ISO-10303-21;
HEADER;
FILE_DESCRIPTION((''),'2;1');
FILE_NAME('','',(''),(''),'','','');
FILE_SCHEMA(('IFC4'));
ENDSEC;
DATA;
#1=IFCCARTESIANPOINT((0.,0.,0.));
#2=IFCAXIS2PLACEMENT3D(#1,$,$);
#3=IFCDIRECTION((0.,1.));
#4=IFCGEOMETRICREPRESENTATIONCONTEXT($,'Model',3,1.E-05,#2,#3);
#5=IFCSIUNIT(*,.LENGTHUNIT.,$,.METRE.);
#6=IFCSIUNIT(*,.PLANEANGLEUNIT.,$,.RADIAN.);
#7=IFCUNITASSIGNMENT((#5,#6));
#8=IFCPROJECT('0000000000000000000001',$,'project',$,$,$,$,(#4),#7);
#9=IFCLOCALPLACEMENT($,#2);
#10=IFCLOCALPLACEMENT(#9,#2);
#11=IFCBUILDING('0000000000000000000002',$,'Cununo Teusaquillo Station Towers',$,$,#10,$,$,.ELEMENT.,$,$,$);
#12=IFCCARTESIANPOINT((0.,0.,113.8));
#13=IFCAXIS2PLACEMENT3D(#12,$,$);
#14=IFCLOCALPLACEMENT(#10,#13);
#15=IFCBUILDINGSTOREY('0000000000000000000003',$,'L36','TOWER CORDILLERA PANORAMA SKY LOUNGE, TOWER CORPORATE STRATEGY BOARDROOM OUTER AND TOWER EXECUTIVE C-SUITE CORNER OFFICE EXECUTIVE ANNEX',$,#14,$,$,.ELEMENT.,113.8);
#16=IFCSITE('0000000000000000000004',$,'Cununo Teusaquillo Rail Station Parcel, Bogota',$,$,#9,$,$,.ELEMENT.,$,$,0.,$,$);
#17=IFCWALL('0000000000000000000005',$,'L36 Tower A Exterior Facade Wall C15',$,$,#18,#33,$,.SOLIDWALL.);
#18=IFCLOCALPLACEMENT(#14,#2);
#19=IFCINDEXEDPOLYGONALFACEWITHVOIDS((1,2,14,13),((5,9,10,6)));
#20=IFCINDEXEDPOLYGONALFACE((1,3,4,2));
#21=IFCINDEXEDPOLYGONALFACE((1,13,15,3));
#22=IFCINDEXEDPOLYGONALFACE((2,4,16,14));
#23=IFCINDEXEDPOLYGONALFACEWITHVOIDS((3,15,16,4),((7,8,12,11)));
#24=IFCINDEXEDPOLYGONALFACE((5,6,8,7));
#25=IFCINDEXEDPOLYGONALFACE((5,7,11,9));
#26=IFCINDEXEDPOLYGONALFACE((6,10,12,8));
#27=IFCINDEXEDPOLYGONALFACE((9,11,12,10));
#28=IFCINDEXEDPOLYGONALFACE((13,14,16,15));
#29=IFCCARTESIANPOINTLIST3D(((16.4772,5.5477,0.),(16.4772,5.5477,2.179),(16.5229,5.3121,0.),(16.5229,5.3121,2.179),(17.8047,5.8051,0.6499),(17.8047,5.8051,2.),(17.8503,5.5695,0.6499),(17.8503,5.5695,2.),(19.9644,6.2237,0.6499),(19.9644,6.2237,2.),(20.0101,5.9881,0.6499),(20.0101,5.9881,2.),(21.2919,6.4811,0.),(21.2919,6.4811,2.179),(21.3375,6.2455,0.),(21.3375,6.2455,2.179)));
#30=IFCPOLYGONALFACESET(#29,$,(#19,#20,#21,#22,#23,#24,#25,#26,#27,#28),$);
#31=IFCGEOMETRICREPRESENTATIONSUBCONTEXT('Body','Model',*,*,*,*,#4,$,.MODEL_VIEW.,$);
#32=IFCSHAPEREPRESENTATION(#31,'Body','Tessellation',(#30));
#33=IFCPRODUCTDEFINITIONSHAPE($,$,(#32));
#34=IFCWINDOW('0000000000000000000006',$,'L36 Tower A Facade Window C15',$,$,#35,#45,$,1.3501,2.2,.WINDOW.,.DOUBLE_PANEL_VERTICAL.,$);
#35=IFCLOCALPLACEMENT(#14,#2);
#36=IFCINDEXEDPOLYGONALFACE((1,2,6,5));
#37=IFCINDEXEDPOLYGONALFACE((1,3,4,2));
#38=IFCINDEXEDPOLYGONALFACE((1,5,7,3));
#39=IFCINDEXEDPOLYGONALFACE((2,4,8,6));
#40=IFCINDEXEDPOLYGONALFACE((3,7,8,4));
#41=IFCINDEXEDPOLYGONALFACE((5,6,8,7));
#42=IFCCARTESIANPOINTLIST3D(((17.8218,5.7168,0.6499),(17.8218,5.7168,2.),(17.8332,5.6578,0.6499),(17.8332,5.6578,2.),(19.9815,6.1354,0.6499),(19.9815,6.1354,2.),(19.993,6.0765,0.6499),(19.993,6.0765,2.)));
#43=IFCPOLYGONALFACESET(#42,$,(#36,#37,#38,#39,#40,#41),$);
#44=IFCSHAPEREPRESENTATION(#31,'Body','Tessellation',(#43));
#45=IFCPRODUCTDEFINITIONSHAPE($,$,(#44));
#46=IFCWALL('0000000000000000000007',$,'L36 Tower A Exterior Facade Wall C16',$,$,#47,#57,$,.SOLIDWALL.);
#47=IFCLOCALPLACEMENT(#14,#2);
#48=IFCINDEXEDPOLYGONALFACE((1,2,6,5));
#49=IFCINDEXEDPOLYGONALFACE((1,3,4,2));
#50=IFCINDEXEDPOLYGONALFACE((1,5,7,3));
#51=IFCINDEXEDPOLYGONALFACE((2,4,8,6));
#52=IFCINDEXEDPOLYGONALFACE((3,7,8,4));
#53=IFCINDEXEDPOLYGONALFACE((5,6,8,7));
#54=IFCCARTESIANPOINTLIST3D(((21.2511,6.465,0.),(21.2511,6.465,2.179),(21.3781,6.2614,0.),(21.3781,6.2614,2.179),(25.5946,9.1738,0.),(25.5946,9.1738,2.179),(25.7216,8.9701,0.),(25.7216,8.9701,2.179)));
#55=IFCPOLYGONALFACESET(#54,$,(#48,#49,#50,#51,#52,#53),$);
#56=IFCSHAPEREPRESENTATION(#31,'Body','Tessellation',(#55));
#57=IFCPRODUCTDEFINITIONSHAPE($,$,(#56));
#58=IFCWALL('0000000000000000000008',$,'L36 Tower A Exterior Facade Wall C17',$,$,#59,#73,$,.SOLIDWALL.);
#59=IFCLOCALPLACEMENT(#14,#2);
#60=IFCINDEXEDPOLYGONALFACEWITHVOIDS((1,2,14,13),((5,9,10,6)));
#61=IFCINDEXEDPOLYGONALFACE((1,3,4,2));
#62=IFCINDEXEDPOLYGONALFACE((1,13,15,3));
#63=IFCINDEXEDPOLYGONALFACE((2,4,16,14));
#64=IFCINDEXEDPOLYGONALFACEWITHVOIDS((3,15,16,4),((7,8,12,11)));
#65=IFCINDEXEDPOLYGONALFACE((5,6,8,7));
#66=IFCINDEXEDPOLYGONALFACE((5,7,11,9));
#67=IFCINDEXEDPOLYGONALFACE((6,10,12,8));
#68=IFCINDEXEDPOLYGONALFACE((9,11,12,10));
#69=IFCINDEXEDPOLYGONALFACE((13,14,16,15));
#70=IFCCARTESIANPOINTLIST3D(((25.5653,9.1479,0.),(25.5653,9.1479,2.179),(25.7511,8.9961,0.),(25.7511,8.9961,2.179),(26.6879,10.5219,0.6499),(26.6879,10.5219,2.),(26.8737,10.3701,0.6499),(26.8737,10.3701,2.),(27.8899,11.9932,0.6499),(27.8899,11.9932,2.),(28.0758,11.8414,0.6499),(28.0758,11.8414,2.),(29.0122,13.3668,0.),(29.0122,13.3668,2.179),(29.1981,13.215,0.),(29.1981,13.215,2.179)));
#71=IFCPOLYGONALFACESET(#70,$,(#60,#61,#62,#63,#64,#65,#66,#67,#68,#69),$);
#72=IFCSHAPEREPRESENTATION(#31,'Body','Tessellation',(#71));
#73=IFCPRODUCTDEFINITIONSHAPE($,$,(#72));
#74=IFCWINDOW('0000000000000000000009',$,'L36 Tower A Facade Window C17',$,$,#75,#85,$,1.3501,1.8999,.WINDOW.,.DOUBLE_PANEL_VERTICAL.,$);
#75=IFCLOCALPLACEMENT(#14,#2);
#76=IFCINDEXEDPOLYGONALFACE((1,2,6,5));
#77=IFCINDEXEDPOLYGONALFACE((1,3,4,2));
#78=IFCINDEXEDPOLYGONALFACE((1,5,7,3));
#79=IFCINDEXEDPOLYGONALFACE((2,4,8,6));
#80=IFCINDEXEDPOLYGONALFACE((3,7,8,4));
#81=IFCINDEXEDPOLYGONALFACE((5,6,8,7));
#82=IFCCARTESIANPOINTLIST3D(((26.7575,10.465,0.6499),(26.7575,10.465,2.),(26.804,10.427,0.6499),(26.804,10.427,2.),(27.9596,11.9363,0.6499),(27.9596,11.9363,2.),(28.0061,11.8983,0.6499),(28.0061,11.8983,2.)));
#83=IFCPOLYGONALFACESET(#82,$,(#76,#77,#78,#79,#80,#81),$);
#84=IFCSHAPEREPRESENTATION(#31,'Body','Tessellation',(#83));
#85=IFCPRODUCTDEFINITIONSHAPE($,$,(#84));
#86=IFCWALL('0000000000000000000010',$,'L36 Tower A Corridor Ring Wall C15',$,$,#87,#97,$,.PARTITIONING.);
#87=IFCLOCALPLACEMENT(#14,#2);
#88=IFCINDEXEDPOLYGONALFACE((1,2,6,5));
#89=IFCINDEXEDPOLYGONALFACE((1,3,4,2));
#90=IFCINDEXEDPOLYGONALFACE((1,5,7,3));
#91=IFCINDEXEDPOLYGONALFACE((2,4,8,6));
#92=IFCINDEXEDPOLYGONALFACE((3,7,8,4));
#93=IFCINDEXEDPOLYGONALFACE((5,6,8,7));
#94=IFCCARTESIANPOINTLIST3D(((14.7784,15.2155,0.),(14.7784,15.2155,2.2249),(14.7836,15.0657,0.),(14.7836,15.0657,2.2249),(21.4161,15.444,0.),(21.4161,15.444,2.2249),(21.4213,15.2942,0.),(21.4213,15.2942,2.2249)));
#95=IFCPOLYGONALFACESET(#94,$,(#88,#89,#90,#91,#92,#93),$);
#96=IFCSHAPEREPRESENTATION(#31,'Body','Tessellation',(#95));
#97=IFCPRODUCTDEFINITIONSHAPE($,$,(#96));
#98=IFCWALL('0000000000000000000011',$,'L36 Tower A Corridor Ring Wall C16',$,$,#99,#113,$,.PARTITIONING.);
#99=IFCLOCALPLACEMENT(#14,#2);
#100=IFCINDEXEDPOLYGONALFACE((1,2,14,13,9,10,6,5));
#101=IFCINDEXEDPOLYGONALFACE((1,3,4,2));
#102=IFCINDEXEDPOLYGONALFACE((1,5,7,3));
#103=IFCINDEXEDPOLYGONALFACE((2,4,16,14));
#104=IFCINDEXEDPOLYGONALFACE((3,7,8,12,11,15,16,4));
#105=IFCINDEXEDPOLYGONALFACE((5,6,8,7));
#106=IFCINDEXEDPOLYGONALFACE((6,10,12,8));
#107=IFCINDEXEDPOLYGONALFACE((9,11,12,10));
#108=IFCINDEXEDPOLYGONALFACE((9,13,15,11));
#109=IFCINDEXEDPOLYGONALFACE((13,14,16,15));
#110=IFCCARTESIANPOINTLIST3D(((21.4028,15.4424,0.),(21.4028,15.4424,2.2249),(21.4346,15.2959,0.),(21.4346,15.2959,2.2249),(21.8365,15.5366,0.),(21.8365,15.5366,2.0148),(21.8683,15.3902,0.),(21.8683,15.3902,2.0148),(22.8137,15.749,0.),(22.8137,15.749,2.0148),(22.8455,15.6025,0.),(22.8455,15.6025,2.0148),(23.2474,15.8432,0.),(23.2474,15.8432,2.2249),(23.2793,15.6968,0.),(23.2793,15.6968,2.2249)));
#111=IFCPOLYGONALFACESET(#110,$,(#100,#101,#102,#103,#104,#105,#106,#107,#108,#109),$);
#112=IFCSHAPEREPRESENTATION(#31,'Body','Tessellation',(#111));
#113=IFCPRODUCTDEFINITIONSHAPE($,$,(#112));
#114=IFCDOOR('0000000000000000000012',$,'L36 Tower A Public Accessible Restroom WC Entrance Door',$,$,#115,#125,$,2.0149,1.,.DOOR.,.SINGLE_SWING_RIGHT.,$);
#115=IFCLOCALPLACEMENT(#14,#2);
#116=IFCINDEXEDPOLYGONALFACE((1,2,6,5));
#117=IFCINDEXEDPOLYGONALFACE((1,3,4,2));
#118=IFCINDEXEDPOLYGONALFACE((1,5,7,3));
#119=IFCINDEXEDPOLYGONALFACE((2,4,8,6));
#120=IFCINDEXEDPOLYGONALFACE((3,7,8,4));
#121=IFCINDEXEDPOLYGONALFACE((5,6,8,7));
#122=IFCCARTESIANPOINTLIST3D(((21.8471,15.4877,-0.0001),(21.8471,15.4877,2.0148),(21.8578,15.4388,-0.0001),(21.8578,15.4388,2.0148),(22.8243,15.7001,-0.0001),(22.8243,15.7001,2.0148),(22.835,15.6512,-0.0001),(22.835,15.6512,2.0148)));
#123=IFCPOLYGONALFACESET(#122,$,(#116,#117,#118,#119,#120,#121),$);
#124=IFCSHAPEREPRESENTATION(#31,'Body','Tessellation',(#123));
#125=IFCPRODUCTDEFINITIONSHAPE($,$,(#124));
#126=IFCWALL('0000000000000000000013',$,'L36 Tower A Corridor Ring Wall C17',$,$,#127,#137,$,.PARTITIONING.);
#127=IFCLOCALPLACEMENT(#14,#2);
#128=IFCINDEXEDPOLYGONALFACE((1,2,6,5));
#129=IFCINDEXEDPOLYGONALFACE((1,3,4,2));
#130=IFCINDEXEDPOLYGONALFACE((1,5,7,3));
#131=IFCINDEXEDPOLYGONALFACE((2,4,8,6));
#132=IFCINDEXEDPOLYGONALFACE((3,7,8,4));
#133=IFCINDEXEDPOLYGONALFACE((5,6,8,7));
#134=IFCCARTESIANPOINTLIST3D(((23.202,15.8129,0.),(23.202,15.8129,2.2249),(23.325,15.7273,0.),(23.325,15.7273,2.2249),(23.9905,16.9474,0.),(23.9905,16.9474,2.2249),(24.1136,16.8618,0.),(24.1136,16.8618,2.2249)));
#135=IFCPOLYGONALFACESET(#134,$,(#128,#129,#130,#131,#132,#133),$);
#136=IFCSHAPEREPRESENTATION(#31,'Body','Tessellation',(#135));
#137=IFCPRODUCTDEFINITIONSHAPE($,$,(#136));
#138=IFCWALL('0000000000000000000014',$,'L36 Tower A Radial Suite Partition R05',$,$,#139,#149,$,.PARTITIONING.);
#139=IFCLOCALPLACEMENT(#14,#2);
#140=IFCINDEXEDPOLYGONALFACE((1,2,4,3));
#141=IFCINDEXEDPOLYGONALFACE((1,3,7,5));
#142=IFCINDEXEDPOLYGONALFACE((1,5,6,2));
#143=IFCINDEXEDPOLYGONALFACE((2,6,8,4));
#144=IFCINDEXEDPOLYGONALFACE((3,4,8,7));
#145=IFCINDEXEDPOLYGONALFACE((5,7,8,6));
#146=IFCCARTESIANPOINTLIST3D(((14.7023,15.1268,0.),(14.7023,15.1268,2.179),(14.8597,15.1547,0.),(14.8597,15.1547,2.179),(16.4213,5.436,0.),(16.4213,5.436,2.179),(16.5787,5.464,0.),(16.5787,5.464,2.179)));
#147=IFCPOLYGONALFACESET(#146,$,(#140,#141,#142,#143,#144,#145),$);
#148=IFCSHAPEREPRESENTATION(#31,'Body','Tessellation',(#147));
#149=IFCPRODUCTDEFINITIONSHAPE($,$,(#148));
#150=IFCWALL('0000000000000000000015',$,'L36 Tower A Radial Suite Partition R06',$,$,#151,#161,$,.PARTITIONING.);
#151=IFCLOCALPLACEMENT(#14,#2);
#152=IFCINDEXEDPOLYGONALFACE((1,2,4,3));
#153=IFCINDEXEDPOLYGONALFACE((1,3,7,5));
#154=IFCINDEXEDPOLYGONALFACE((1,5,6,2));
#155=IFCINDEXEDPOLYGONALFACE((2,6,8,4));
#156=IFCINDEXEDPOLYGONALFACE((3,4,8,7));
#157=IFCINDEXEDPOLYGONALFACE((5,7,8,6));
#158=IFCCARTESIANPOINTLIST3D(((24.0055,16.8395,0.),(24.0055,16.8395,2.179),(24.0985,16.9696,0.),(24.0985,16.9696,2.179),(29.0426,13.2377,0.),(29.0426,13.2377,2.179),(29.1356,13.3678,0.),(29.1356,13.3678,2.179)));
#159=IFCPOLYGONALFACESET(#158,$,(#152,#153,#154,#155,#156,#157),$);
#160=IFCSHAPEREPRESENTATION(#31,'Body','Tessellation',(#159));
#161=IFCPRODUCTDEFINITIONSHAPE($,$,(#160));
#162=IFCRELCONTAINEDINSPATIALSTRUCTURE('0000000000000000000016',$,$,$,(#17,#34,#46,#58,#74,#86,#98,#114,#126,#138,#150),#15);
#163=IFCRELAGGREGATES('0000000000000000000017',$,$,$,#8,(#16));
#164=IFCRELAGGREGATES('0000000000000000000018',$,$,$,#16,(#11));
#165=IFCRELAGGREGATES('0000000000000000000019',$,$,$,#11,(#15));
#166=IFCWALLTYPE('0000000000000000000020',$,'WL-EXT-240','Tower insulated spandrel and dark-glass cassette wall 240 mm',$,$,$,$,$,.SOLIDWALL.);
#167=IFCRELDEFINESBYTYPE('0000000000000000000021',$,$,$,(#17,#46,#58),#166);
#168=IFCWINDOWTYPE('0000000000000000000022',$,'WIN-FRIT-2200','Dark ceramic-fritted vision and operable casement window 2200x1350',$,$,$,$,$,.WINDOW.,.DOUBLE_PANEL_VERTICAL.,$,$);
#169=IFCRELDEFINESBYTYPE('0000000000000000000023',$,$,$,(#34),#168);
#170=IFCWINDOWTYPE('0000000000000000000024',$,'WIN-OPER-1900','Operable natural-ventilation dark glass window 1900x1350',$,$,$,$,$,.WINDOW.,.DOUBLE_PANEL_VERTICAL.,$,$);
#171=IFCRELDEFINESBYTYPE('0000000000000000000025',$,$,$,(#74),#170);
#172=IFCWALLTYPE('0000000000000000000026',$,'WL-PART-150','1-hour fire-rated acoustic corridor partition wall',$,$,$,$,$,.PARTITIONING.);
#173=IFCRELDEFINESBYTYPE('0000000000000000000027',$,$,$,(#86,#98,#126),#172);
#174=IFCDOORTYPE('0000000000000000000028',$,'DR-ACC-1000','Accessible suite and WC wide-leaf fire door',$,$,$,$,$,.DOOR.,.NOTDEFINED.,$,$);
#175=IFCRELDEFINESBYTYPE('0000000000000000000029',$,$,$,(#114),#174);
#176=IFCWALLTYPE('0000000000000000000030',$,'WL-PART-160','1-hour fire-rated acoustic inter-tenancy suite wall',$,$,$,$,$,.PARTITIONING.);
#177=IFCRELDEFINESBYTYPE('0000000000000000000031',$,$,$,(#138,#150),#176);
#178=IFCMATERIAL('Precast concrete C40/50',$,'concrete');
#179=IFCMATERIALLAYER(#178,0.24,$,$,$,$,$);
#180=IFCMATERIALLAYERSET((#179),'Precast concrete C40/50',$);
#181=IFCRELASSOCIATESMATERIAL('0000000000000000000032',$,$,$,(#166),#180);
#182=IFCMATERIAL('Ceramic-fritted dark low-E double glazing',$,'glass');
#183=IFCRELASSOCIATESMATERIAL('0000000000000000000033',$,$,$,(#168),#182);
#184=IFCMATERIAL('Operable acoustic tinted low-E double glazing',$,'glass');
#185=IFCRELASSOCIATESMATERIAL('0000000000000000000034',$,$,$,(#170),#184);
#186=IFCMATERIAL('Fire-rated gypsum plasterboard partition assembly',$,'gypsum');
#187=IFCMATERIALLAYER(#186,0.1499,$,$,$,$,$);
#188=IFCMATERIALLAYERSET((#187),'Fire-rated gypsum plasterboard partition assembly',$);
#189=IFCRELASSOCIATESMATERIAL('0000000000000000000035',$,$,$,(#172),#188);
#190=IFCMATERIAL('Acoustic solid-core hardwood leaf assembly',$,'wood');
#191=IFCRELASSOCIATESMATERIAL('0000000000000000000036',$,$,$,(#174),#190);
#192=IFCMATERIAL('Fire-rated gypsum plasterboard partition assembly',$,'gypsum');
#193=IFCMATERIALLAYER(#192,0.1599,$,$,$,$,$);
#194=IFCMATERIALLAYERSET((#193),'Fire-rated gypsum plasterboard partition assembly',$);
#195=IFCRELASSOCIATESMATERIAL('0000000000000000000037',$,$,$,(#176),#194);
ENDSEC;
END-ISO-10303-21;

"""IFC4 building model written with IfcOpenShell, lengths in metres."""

from ifc_helpers import new_model, si_unit, direction, frame, frame_2d, origin, place, context, subcontext, project, spatial, rectangle, extrude, source, transform, mapped, material, layer, layer_set, type_object, element, fill, save


model = new_model("IFC4")

# Units and contexts
model_context = context("Model", 3, precision=1e-05, world=origin(), true_north=direction((0.0, 1.0)))
body_context = subcontext(model_context, "Body", "Model", "MODEL_VIEW")
ifc_project = project(units=[si_unit("LENGTHUNIT", "METRE"), si_unit("PLANEANGLEUNIT", "RADIAN")], contexts=[model_context])

# Site, building, storey
site_placement = place(None, origin())
site = spatial("IfcSite", under=ifc_project, at=site_placement, Name="Cununo Teusaquillo Rail Station Parcel, Bogota", CompositionType="ELEMENT", RefElevation=0.0)
building_placement = place(site_placement, origin())
building = spatial("IfcBuilding", under=site, at=building_placement, Name="Cununo Teusaquillo Station Towers", CompositionType="ELEMENT")
storey_placement = place(building_placement, frame((0.0, 0.0, 113.8)))
storey = spatial("IfcBuildingStorey", under=building, at=storey_placement, Name="L36", Description="TOWER CORDILLERA PANORAMA SKY LOUNGE, TOWER CORPORATE STRATEGY BOARDROOM OUTER AND TOWER EXECUTIVE C-SUITE CORNER OFFICE EXECUTIVE ANNEX", CompositionType="ELEMENT", Elevation=113.8)

# Shared definitions
ifc_material_1 = material(Name="Precast concrete C40/50", Category="concrete")
ifc_layer_1 = layer(ifc_material_1, 0.24)
ifc_layer_set_1 = layer_set([ifc_layer_1], Name="Precast concrete C40/50")
wall_type_1 = type_object("IfcWallType", Name="WL-EXT-240", Description="Tower insulated spandrel and dark-glass cassette wall 240 mm", PredefinedType="SOLIDWALL", material=ifc_layer_set_1)

# Wall, opening, window
wall_1_placement = place(storey_placement, frame((21.3147, 6.3633, 0.0), z_axis=(0.0, 0.0, 1.0), x_axis=(-0.981724, -0.190311, 0.0)))
wall_1 = element("IfcWall", 1, at=wall_1_placement, inside=storey, type_object=wall_type_1, Name="L36 Tower A Exterior Facade Wall C15", PredefinedType="SOLIDWALL", context=body_context, shape_type="SweptSolid", body=[
    extrude(rectangle(XDim=4.9043, YDim=0.24, at=frame_2d((2.4521, 0.0))), origin(), (0.0, 0.0, 1.0), 2.179),
])
shared_shape_1 = source(origin(), body_context, "Body", "SweptSolid", [
    extrude(rectangle(XDim=2.2, YDim=1.3501, at=frame_2d((1.1001, 0.675))), frame((0.0, 0.1299, 0.0), z_axis=(0.0, -1.0, 0.0), x_axis=(1.0, 0.0, 0.0)), (0.0, 0.0, 1.0), 0.26),
])
opening_1_placement = place(wall_1_placement, frame((1.3521, 0.0, 0.6499)))
opening_1 = element("IfcOpeningElement", 2, at=opening_1_placement, cuts=wall_1, PredefinedType="OPENING", context=body_context, shape_type="MappedRepresentation", body=[
    mapped(shared_shape_1, transform((0.0, 0.0, 0.0), x_axis=(1.0, 0.0, 0.0), y_axis=(0.0, 1.0, 0.0), z_axis=(0.0, 0.0, 1.0), scale=1.0)),
])
ifc_material_2 = material(Name="Ceramic-fritted dark low-E double glazing", Category="glass")
window_type_1 = type_object("IfcWindowType", Name="WIN-FRIT-2200", Description="Dark ceramic-fritted vision and operable casement window 2200x1350", PartitioningType="DOUBLE_PANEL_VERTICAL", PredefinedType="WINDOW", material=ifc_material_2)
shared_shape_2 = source(origin(), body_context, "Body", "SweptSolid", [
    extrude(rectangle(XDim=2.2, YDim=1.3501, at=frame_2d((1.1001, 0.675))), frame((0.0, 0.03, 0.0), z_axis=(0.0, -1.0, 0.0), x_axis=(1.0, 0.0, 0.0)), (0.0, 0.0, 1.0), 0.0601),
])
window_1_placement = place(opening_1_placement, origin())
window_1 = element("IfcWindow", 3, at=window_1_placement, inside=storey, type_object=window_type_1, Name="L36 Tower A Facade Window C15", OverallHeight=1.3501, OverallWidth=2.2, PartitioningType="DOUBLE_PANEL_VERTICAL", PredefinedType="WINDOW", context=body_context, shape_type="MappedRepresentation", body=[
    mapped(shared_shape_2, transform((0.0, 0.0, 0.0), x_axis=(1.0, 0.0, 0.0), y_axis=(0.0, 1.0, 0.0), z_axis=(0.0, 0.0, 1.0), scale=1.0)),
])
fill(opening_1, window_1)

# Wall
wall_2_placement = place(storey_placement, frame((25.6582, 9.072, 0.0), z_axis=(0.0, 0.0, 1.0), x_axis=(-0.84852, -0.529163, 0.0)))
element("IfcWall", 4, at=wall_2_placement, inside=storey, type_object=wall_type_1, Name="L36 Tower A Exterior Facade Wall C16", PredefinedType="SOLIDWALL", context=body_context, shape_type="SweptSolid", body=[
    extrude(rectangle(XDim=5.1189, YDim=0.24, at=frame_2d((2.5596, 0.0))), origin(), (0.0, 0.0, 1.0), 2.179),
])

# Wall, opening, window
wall_3_placement = place(storey_placement, frame((29.1052, 13.291, 0.0), z_axis=(0.0, 0.0, 1.0), x_axis=(-0.632701, -0.774396, 0.0)))
wall_3 = element("IfcWall", 5, at=wall_3_placement, inside=storey, type_object=wall_type_1, Name="L36 Tower A Exterior Facade Wall C17", PredefinedType="SOLIDWALL", context=body_context, shape_type="SweptSolid", body=[
    extrude(rectangle(XDim=5.448, YDim=0.24, at=frame_2d((2.7241, 0.0))), origin(), (0.0, 0.0, 1.0), 2.179),
])
shared_shape_3 = source(origin(), body_context, "Body", "SweptSolid", [
    extrude(rectangle(XDim=1.8999, YDim=1.3501, at=frame_2d((0.95, 0.675))), frame((0.0, 0.1299, 0.0), z_axis=(0.0, -1.0, 0.0), x_axis=(1.0, 0.0, 0.0)), (0.0, 0.0, 1.0), 0.26),
])
opening_2_placement = place(wall_3_placement, frame((1.7739, 0.0, 0.6499)))
opening_2 = element("IfcOpeningElement", 6, at=opening_2_placement, cuts=wall_3, PredefinedType="OPENING", context=body_context, shape_type="MappedRepresentation", body=[
    mapped(shared_shape_3, transform((0.0, 0.0, 0.0), x_axis=(1.0, 0.0, 0.0), y_axis=(0.0, 1.0, 0.0), z_axis=(0.0, 0.0, 1.0), scale=1.0)),
])
ifc_material_3 = material(Name="Operable acoustic tinted low-E double glazing", Category="glass")
window_type_2 = type_object("IfcWindowType", Name="WIN-OPER-1900", Description="Operable natural-ventilation dark glass window 1900x1350", PartitioningType="DOUBLE_PANEL_VERTICAL", PredefinedType="WINDOW", material=ifc_material_3)
shared_shape_4 = source(origin(), body_context, "Body", "SweptSolid", [
    extrude(rectangle(XDim=1.8999, YDim=1.3501, at=frame_2d((0.95, 0.675))), frame((0.0, 0.03, 0.0), z_axis=(0.0, -1.0, 0.0), x_axis=(1.0, 0.0, 0.0)), (0.0, 0.0, 1.0), 0.0601),
])
window_2_placement = place(opening_2_placement, origin())
window_2 = element("IfcWindow", 7, at=window_2_placement, inside=storey, type_object=window_type_2, Name="L36 Tower A Facade Window C17", OverallHeight=1.3501, OverallWidth=1.8999, PartitioningType="DOUBLE_PANEL_VERTICAL", PredefinedType="WINDOW", context=body_context, shape_type="MappedRepresentation", body=[
    mapped(shared_shape_4, transform((0.0, 0.0, 0.0), x_axis=(1.0, 0.0, 0.0), y_axis=(0.0, 1.0, 0.0), z_axis=(0.0, 0.0, 1.0), scale=1.0)),
])
fill(opening_2, window_2)

# Wall
ifc_material_4 = material(Name="Fire-rated gypsum plasterboard partition assembly", Category="gypsum")
ifc_layer_2 = layer(ifc_material_4, 0.1499)
ifc_layer_set_2 = layer_set([ifc_layer_2], Name="Fire-rated gypsum plasterboard partition assembly")
wall_type_2 = type_object("IfcWallType", Name="WL-PART-150", Description="1-hour fire-rated acoustic corridor partition wall", PredefinedType="PARTITIONING", material=ifc_layer_set_2)
wall_4_placement = place(storey_placement, frame((14.781, 15.1406, 0.0), z_axis=(0.0, 0.0, 1.0), x_axis=(0.999408, 0.034407, 0.0)))
element("IfcWall", 8, at=wall_4_placement, inside=storey, type_object=wall_type_2, Name="L36 Tower A Corridor Ring Wall C15", PredefinedType="PARTITIONING", context=body_context, shape_type="SweptSolid", body=[
    extrude(rectangle(XDim=6.6416, YDim=0.1499, at=frame_2d((3.3208, 0.0))), origin(), (0.0, 0.0, 1.0), 2.2249),
])

# Wall, opening, door
wall_5_placement = place(storey_placement, frame((21.4187, 15.3691, 0.0), z_axis=(0.0, 0.0, 1.0), x_axis=(0.977193, 0.212354, 0.0)))
wall_5 = element("IfcWall", 9, at=wall_5_placement, inside=storey, type_object=wall_type_2, Name="L36 Tower A Corridor Ring Wall C16", PredefinedType="PARTITIONING", context=body_context, shape_type="SweptSolid", body=[
    extrude(rectangle(XDim=1.8877, YDim=0.1499, at=frame_2d((0.9438, 0.0))), origin(), (0.0, 0.0, 1.0), 2.2249),
])
shared_shape_5 = source(origin(), body_context, "Body", "SweptSolid", [
    extrude(rectangle(XDim=1.0, YDim=2.0149, at=frame_2d((0.5, 1.0073))), frame((0.0, 0.085, 0.0), z_axis=(0.0, -1.0, 0.0), x_axis=(1.0, 0.0, 0.0)), (0.0, 0.0, 1.0), 0.1699),
])
opening_3_placement = place(wall_5_placement, frame((0.4438, 0.0, 0.0)))
opening_3 = element("IfcOpeningElement", 10, at=opening_3_placement, cuts=wall_5, PredefinedType="OPENING", context=body_context, shape_type="MappedRepresentation", body=[
    mapped(shared_shape_5, transform((0.0, 0.0, 0.0), x_axis=(1.0, 0.0, 0.0), y_axis=(0.0, 1.0, 0.0), z_axis=(0.0, 0.0, 1.0), scale=1.0)),
])
ifc_material_5 = material(Name="Acoustic solid-core hardwood leaf assembly", Category="wood")
door_type_1 = type_object("IfcDoorType", Name="DR-ACC-1000", Description="Accessible suite and WC wide-leaf fire door", OperationType="NOTDEFINED", PredefinedType="DOOR", material=ifc_material_5)
shared_shape_6 = source(origin(), body_context, "Body", "SweptSolid", [
    extrude(rectangle(XDim=1.0, YDim=2.0149, at=frame_2d((0.5, 1.0073))), frame((0.0, 0.0249, 0.0), z_axis=(0.0, -1.0, 0.0), x_axis=(1.0, 0.0, 0.0)), (0.0, 0.0, 1.0), 0.05),
])
door_1_placement = place(opening_3_placement, origin())
door_1 = element("IfcDoor", 11, at=door_1_placement, inside=storey, type_object=door_type_1, Name="L36 Tower A Public Accessible Restroom WC Entrance Door", OperationType="SINGLE_SWING_RIGHT", OverallHeight=2.0149, OverallWidth=1.0, PredefinedType="DOOR", context=body_context, shape_type="MappedRepresentation", body=[
    mapped(shared_shape_6, transform((0.0, 0.0, 0.0), x_axis=(1.0, 0.0, 0.0), y_axis=(0.0, 1.0, 0.0), z_axis=(0.0, 0.0, 1.0), scale=1.0)),
])
fill(opening_3, door_1)

# Walls
wall_6_placement = place(storey_placement, frame((23.2634, 15.77, 0.0), z_axis=(0.0, 0.0, 1.0), x_axis=(0.570743, 0.821128, 0.0)))
element("IfcWall", 12, at=wall_6_placement, inside=storey, type_object=wall_type_2, Name="L36 Tower A Corridor Ring Wall C17", PredefinedType="PARTITIONING", context=body_context, shape_type="SweptSolid", body=[
    extrude(rectangle(XDim=1.3816, YDim=0.1499, at=frame_2d((0.6909, 0.0))), origin(), (0.0, 0.0, 1.0), 2.2249),
])
ifc_material_6 = material(Name="Fire-rated gypsum plasterboard partition assembly", Category="gypsum")
ifc_layer_3 = layer(ifc_material_6, 0.1599)
ifc_layer_set_3 = layer_set([ifc_layer_3], Name="Fire-rated gypsum plasterboard partition assembly")
wall_type_3 = type_object("IfcWallType", Name="WL-PART-160", Description="1-hour fire-rated acoustic inter-tenancy suite wall", PredefinedType="PARTITIONING", material=ifc_layer_set_3)
wall_7_placement = place(storey_placement, frame((14.781, 15.1406, 0.0), z_axis=(0.0, 0.0, 1.0), x_axis=(0.17466, -0.984629, 0.0)))
element("IfcWall", 13, at=wall_7_placement, inside=storey, type_object=wall_type_3, Name="L36 Tower A Radial Suite Partition R05", PredefinedType="PARTITIONING", context=body_context, shape_type="SweptSolid", body=[
    extrude(rectangle(XDim=9.842, YDim=0.1599, at=frame_2d((4.9209, 0.0))), origin(), (0.0, 0.0, 1.0), 2.179),
])
wall_8_placement = place(storey_placement, frame((24.052, 16.9045, 0.0), z_axis=(0.0, 0.0, 1.0), x_axis=(0.813438, -0.581652, 0.0)))
element("IfcWall", 14, at=wall_8_placement, inside=storey, type_object=wall_type_3, Name="L36 Tower A Radial Suite Partition R06", PredefinedType="PARTITIONING", context=body_context, shape_type="SweptSolid", body=[
    extrude(rectangle(XDim=6.1924, YDim=0.1599, at=frame_2d((3.0962, 0.0))), origin(), (0.0, 0.0, 1.0), 2.179),
])

save(model, "model.ifc")
